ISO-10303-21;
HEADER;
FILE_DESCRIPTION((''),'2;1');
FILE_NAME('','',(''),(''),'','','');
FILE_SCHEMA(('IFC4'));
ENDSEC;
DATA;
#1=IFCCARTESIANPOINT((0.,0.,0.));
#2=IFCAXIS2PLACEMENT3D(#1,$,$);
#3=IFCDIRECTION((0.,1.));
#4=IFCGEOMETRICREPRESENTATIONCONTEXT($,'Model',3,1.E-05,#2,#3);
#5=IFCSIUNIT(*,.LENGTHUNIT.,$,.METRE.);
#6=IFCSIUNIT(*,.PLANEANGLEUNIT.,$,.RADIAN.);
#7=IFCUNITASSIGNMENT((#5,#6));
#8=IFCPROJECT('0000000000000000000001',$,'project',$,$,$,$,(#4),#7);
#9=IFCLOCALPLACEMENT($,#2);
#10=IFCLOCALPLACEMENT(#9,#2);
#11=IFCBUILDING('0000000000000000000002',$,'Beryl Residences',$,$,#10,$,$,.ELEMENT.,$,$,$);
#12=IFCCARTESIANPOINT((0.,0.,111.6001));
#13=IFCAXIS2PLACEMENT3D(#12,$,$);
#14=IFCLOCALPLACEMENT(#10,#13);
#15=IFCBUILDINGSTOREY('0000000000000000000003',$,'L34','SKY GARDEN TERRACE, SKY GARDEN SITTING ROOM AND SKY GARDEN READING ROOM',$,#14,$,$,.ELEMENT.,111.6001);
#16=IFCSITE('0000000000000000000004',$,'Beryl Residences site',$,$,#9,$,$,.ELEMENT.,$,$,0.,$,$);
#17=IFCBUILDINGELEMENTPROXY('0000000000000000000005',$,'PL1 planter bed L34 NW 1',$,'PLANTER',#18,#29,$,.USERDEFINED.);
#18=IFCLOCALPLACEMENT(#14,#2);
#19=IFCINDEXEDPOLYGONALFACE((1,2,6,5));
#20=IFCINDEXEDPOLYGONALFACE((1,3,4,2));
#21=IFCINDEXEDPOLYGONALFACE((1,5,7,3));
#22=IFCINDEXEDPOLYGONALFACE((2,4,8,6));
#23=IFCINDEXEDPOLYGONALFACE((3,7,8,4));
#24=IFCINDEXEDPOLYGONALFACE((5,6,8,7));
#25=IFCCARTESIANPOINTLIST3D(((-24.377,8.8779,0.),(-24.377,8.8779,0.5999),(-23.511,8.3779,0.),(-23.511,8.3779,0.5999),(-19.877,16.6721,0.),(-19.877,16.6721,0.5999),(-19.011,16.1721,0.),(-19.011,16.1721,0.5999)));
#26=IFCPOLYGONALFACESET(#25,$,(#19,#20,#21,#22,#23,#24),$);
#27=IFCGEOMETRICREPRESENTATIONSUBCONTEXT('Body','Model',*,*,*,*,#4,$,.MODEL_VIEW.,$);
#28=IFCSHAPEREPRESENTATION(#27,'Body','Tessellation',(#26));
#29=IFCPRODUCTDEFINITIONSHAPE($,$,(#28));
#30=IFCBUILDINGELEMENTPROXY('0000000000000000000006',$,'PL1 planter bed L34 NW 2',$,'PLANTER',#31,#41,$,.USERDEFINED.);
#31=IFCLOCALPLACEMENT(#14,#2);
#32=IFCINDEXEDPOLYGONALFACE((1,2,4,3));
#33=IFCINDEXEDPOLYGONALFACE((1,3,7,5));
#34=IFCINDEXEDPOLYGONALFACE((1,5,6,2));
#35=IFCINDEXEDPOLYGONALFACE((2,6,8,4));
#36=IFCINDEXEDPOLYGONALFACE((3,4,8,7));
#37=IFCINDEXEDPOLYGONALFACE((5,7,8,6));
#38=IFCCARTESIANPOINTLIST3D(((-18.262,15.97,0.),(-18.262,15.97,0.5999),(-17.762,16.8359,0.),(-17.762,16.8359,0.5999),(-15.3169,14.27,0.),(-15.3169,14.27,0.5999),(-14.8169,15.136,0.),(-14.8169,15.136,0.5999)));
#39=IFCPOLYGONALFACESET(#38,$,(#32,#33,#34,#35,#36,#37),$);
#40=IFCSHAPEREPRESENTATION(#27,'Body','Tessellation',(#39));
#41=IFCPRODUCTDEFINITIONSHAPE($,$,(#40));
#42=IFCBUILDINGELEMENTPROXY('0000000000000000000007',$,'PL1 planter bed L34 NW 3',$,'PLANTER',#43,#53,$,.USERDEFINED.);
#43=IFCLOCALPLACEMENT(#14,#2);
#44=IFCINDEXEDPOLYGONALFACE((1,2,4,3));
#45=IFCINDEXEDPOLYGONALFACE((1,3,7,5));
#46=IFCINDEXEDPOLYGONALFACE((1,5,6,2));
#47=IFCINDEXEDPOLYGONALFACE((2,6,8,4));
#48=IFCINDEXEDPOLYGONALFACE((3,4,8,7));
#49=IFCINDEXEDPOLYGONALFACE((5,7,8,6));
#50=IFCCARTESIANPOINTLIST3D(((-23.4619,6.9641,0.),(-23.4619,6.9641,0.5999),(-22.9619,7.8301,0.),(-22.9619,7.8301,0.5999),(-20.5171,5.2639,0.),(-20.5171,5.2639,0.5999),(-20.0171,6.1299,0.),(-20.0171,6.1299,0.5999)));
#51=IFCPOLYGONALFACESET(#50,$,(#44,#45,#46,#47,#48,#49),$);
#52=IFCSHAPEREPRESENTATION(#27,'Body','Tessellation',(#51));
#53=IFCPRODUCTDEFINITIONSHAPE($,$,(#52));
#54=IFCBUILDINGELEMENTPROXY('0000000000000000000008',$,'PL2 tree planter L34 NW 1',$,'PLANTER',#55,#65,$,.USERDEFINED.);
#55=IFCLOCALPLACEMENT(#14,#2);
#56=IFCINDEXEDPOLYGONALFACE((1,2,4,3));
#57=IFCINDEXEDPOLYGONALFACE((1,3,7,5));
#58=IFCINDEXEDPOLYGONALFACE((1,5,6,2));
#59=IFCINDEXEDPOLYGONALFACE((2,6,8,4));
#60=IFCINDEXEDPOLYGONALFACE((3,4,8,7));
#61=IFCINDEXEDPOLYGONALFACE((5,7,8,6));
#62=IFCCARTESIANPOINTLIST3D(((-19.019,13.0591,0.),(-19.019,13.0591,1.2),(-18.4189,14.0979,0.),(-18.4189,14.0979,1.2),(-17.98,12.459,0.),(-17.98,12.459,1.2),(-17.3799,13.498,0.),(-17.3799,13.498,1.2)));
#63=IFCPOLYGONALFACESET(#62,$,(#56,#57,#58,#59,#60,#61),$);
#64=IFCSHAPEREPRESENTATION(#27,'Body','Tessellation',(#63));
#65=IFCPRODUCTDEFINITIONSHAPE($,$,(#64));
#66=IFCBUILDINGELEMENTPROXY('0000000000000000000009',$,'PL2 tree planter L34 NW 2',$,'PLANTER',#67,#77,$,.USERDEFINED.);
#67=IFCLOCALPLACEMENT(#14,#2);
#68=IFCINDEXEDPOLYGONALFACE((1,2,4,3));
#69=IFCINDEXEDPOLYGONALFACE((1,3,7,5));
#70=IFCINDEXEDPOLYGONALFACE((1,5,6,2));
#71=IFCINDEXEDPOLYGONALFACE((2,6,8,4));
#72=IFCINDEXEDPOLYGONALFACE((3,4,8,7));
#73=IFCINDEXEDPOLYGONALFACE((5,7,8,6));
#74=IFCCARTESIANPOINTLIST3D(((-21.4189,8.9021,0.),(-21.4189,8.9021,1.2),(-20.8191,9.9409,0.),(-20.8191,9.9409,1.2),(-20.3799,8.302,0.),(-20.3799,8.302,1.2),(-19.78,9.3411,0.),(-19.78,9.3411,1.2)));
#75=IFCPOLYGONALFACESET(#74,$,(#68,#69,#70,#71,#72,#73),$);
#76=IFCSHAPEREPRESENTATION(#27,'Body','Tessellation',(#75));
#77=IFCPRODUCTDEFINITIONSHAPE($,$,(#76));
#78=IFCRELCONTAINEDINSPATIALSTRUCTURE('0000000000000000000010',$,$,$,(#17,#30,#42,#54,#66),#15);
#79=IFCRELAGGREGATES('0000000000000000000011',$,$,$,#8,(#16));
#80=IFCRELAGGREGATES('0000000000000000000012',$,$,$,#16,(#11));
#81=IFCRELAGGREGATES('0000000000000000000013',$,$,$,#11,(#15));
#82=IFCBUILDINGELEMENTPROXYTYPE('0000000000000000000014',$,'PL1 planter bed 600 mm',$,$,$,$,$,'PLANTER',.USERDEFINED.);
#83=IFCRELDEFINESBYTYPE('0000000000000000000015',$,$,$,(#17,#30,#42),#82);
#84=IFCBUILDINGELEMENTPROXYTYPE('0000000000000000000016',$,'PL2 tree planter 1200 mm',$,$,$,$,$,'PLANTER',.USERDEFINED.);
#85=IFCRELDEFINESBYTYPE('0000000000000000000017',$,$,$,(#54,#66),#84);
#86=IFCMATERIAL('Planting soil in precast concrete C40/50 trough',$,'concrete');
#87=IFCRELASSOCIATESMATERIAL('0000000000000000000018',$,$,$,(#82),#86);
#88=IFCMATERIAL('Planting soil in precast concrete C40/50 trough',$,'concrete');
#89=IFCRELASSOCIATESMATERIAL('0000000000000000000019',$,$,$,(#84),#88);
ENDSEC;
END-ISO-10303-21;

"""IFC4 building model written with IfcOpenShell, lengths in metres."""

from ifc_helpers import new_model, si_unit, direction, frame, origin, place, context, subcontext, project, spatial, polyline, outline, extrude, material, type_object, element, save


model = new_model("IFC4")

# Units and contexts
model_context = context("Model", 3, precision=1e-05, world=origin(), true_north=direction((0.0, 1.0)))
body_context = subcontext(model_context, "Body", "Model", "MODEL_VIEW")
ifc_project = project(units=[si_unit("LENGTHUNIT", "METRE"), si_unit("PLANEANGLEUNIT", "RADIAN")], contexts=[model_context])

# Site, building, storey
site_placement = place(None, origin())
site = spatial("IfcSite", under=ifc_project, at=site_placement, Name="Beryl Residences site", CompositionType="ELEMENT", RefElevation=0.0)
building_placement = place(site_placement, origin())
building = spatial("IfcBuilding", under=site, at=building_placement, Name="Beryl Residences", CompositionType="ELEMENT")
storey_placement = place(building_placement, frame((0.0, 0.0, 111.6001)))
storey = spatial("IfcBuildingStorey", under=building, at=storey_placement, Name="L34", Description="SKY GARDEN TERRACE, SKY GARDEN SITTING ROOM AND SKY GARDEN READING ROOM", CompositionType="ELEMENT", Elevation=111.6001)

# Building element proxies
ifc_material_1 = material(Name="Planting soil in precast concrete C40/50 trough", Category="concrete")
building_element_proxy_type_1 = type_object("IfcBuildingElementProxyType", Name="PL1 planter bed 600 mm", ElementType="PLANTER", PredefinedType="USERDEFINED", material=ifc_material_1)
proxy_1_placement = place(storey_placement, origin())
element("IfcBuildingElementProxy", 1, at=proxy_1_placement, inside=storey, type_object=building_element_proxy_type_1, Name="PL1 planter bed L34 NW 1", ObjectType="PLANTER", PredefinedType="USERDEFINED", context=body_context, shape_type="SweptSolid", body=[
    extrude(outline(polyline([(-19.877, 16.6721), (-24.377, 8.8779), (-23.511, 8.3779), (-19.011, 16.1721), (-19.877, 16.6721)])), origin(), (0.0, 0.0, 1.0), 0.5999),
])
proxy_2_placement = place(storey_placement, origin())
element("IfcBuildingElementProxy", 2, at=proxy_2_placement, inside=storey, type_object=building_element_proxy_type_1, Name="PL1 planter bed L34 NW 2", ObjectType="PLANTER", PredefinedType="USERDEFINED", context=body_context, shape_type="SweptSolid", body=[
    extrude(outline(polyline([(-17.762, 16.8359), (-18.262, 15.97), (-15.3169, 14.27), (-14.8169, 15.136), (-17.762, 16.8359)])), origin(), (0.0, 0.0, 1.0), 0.5999),
])
proxy_3_placement = place(storey_placement, origin())
element("IfcBuildingElementProxy", 3, at=proxy_3_placement, inside=storey, type_object=building_element_proxy_type_1, Name="PL1 planter bed L34 NW 3", ObjectType="PLANTER", PredefinedType="USERDEFINED", context=body_context, shape_type="SweptSolid", body=[
    extrude(outline(polyline([(-22.9619, 7.8301), (-23.4619, 6.9641), (-20.5171, 5.2639), (-20.0171, 6.1299), (-22.9619, 7.8301)])), origin(), (0.0, 0.0, 1.0), 0.5999),
])
ifc_material_2 = material(Name="Planting soil in precast concrete C40/50 trough", Category="concrete")
building_element_proxy_type_2 = type_object("IfcBuildingElementProxyType", Name="PL2 tree planter 1200 mm", ElementType="PLANTER", PredefinedType="USERDEFINED", material=ifc_material_2)
proxy_4_placement = place(storey_placement, origin())
element("IfcBuildingElementProxy", 4, at=proxy_4_placement, inside=storey, type_object=building_element_proxy_type_2, Name="PL2 tree planter L34 NW 1", ObjectType="PLANTER", PredefinedType="USERDEFINED", context=body_context, shape_type="SweptSolid", body=[
    extrude(outline(polyline([(-18.4189, 14.0979), (-19.019, 13.0591), (-17.98, 12.459), (-17.3799, 13.498), (-18.4189, 14.0979)])), origin(), (0.0, 0.0, 1.0), 1.2),
])
proxy_5_placement = place(storey_placement, origin())
element("IfcBuildingElementProxy", 5, at=proxy_5_placement, inside=storey, type_object=building_element_proxy_type_2, Name="PL2 tree planter L34 NW 2", ObjectType="PLANTER", PredefinedType="USERDEFINED", context=body_context, shape_type="SweptSolid", body=[
    extrude(outline(polyline([(-20.8191, 9.9409), (-21.4189, 8.9021), (-20.3799, 8.302), (-19.78, 9.3411), (-20.8191, 9.9409)])), origin(), (0.0, 0.0, 1.0), 1.2),
])

save(model, "model.ifc")
